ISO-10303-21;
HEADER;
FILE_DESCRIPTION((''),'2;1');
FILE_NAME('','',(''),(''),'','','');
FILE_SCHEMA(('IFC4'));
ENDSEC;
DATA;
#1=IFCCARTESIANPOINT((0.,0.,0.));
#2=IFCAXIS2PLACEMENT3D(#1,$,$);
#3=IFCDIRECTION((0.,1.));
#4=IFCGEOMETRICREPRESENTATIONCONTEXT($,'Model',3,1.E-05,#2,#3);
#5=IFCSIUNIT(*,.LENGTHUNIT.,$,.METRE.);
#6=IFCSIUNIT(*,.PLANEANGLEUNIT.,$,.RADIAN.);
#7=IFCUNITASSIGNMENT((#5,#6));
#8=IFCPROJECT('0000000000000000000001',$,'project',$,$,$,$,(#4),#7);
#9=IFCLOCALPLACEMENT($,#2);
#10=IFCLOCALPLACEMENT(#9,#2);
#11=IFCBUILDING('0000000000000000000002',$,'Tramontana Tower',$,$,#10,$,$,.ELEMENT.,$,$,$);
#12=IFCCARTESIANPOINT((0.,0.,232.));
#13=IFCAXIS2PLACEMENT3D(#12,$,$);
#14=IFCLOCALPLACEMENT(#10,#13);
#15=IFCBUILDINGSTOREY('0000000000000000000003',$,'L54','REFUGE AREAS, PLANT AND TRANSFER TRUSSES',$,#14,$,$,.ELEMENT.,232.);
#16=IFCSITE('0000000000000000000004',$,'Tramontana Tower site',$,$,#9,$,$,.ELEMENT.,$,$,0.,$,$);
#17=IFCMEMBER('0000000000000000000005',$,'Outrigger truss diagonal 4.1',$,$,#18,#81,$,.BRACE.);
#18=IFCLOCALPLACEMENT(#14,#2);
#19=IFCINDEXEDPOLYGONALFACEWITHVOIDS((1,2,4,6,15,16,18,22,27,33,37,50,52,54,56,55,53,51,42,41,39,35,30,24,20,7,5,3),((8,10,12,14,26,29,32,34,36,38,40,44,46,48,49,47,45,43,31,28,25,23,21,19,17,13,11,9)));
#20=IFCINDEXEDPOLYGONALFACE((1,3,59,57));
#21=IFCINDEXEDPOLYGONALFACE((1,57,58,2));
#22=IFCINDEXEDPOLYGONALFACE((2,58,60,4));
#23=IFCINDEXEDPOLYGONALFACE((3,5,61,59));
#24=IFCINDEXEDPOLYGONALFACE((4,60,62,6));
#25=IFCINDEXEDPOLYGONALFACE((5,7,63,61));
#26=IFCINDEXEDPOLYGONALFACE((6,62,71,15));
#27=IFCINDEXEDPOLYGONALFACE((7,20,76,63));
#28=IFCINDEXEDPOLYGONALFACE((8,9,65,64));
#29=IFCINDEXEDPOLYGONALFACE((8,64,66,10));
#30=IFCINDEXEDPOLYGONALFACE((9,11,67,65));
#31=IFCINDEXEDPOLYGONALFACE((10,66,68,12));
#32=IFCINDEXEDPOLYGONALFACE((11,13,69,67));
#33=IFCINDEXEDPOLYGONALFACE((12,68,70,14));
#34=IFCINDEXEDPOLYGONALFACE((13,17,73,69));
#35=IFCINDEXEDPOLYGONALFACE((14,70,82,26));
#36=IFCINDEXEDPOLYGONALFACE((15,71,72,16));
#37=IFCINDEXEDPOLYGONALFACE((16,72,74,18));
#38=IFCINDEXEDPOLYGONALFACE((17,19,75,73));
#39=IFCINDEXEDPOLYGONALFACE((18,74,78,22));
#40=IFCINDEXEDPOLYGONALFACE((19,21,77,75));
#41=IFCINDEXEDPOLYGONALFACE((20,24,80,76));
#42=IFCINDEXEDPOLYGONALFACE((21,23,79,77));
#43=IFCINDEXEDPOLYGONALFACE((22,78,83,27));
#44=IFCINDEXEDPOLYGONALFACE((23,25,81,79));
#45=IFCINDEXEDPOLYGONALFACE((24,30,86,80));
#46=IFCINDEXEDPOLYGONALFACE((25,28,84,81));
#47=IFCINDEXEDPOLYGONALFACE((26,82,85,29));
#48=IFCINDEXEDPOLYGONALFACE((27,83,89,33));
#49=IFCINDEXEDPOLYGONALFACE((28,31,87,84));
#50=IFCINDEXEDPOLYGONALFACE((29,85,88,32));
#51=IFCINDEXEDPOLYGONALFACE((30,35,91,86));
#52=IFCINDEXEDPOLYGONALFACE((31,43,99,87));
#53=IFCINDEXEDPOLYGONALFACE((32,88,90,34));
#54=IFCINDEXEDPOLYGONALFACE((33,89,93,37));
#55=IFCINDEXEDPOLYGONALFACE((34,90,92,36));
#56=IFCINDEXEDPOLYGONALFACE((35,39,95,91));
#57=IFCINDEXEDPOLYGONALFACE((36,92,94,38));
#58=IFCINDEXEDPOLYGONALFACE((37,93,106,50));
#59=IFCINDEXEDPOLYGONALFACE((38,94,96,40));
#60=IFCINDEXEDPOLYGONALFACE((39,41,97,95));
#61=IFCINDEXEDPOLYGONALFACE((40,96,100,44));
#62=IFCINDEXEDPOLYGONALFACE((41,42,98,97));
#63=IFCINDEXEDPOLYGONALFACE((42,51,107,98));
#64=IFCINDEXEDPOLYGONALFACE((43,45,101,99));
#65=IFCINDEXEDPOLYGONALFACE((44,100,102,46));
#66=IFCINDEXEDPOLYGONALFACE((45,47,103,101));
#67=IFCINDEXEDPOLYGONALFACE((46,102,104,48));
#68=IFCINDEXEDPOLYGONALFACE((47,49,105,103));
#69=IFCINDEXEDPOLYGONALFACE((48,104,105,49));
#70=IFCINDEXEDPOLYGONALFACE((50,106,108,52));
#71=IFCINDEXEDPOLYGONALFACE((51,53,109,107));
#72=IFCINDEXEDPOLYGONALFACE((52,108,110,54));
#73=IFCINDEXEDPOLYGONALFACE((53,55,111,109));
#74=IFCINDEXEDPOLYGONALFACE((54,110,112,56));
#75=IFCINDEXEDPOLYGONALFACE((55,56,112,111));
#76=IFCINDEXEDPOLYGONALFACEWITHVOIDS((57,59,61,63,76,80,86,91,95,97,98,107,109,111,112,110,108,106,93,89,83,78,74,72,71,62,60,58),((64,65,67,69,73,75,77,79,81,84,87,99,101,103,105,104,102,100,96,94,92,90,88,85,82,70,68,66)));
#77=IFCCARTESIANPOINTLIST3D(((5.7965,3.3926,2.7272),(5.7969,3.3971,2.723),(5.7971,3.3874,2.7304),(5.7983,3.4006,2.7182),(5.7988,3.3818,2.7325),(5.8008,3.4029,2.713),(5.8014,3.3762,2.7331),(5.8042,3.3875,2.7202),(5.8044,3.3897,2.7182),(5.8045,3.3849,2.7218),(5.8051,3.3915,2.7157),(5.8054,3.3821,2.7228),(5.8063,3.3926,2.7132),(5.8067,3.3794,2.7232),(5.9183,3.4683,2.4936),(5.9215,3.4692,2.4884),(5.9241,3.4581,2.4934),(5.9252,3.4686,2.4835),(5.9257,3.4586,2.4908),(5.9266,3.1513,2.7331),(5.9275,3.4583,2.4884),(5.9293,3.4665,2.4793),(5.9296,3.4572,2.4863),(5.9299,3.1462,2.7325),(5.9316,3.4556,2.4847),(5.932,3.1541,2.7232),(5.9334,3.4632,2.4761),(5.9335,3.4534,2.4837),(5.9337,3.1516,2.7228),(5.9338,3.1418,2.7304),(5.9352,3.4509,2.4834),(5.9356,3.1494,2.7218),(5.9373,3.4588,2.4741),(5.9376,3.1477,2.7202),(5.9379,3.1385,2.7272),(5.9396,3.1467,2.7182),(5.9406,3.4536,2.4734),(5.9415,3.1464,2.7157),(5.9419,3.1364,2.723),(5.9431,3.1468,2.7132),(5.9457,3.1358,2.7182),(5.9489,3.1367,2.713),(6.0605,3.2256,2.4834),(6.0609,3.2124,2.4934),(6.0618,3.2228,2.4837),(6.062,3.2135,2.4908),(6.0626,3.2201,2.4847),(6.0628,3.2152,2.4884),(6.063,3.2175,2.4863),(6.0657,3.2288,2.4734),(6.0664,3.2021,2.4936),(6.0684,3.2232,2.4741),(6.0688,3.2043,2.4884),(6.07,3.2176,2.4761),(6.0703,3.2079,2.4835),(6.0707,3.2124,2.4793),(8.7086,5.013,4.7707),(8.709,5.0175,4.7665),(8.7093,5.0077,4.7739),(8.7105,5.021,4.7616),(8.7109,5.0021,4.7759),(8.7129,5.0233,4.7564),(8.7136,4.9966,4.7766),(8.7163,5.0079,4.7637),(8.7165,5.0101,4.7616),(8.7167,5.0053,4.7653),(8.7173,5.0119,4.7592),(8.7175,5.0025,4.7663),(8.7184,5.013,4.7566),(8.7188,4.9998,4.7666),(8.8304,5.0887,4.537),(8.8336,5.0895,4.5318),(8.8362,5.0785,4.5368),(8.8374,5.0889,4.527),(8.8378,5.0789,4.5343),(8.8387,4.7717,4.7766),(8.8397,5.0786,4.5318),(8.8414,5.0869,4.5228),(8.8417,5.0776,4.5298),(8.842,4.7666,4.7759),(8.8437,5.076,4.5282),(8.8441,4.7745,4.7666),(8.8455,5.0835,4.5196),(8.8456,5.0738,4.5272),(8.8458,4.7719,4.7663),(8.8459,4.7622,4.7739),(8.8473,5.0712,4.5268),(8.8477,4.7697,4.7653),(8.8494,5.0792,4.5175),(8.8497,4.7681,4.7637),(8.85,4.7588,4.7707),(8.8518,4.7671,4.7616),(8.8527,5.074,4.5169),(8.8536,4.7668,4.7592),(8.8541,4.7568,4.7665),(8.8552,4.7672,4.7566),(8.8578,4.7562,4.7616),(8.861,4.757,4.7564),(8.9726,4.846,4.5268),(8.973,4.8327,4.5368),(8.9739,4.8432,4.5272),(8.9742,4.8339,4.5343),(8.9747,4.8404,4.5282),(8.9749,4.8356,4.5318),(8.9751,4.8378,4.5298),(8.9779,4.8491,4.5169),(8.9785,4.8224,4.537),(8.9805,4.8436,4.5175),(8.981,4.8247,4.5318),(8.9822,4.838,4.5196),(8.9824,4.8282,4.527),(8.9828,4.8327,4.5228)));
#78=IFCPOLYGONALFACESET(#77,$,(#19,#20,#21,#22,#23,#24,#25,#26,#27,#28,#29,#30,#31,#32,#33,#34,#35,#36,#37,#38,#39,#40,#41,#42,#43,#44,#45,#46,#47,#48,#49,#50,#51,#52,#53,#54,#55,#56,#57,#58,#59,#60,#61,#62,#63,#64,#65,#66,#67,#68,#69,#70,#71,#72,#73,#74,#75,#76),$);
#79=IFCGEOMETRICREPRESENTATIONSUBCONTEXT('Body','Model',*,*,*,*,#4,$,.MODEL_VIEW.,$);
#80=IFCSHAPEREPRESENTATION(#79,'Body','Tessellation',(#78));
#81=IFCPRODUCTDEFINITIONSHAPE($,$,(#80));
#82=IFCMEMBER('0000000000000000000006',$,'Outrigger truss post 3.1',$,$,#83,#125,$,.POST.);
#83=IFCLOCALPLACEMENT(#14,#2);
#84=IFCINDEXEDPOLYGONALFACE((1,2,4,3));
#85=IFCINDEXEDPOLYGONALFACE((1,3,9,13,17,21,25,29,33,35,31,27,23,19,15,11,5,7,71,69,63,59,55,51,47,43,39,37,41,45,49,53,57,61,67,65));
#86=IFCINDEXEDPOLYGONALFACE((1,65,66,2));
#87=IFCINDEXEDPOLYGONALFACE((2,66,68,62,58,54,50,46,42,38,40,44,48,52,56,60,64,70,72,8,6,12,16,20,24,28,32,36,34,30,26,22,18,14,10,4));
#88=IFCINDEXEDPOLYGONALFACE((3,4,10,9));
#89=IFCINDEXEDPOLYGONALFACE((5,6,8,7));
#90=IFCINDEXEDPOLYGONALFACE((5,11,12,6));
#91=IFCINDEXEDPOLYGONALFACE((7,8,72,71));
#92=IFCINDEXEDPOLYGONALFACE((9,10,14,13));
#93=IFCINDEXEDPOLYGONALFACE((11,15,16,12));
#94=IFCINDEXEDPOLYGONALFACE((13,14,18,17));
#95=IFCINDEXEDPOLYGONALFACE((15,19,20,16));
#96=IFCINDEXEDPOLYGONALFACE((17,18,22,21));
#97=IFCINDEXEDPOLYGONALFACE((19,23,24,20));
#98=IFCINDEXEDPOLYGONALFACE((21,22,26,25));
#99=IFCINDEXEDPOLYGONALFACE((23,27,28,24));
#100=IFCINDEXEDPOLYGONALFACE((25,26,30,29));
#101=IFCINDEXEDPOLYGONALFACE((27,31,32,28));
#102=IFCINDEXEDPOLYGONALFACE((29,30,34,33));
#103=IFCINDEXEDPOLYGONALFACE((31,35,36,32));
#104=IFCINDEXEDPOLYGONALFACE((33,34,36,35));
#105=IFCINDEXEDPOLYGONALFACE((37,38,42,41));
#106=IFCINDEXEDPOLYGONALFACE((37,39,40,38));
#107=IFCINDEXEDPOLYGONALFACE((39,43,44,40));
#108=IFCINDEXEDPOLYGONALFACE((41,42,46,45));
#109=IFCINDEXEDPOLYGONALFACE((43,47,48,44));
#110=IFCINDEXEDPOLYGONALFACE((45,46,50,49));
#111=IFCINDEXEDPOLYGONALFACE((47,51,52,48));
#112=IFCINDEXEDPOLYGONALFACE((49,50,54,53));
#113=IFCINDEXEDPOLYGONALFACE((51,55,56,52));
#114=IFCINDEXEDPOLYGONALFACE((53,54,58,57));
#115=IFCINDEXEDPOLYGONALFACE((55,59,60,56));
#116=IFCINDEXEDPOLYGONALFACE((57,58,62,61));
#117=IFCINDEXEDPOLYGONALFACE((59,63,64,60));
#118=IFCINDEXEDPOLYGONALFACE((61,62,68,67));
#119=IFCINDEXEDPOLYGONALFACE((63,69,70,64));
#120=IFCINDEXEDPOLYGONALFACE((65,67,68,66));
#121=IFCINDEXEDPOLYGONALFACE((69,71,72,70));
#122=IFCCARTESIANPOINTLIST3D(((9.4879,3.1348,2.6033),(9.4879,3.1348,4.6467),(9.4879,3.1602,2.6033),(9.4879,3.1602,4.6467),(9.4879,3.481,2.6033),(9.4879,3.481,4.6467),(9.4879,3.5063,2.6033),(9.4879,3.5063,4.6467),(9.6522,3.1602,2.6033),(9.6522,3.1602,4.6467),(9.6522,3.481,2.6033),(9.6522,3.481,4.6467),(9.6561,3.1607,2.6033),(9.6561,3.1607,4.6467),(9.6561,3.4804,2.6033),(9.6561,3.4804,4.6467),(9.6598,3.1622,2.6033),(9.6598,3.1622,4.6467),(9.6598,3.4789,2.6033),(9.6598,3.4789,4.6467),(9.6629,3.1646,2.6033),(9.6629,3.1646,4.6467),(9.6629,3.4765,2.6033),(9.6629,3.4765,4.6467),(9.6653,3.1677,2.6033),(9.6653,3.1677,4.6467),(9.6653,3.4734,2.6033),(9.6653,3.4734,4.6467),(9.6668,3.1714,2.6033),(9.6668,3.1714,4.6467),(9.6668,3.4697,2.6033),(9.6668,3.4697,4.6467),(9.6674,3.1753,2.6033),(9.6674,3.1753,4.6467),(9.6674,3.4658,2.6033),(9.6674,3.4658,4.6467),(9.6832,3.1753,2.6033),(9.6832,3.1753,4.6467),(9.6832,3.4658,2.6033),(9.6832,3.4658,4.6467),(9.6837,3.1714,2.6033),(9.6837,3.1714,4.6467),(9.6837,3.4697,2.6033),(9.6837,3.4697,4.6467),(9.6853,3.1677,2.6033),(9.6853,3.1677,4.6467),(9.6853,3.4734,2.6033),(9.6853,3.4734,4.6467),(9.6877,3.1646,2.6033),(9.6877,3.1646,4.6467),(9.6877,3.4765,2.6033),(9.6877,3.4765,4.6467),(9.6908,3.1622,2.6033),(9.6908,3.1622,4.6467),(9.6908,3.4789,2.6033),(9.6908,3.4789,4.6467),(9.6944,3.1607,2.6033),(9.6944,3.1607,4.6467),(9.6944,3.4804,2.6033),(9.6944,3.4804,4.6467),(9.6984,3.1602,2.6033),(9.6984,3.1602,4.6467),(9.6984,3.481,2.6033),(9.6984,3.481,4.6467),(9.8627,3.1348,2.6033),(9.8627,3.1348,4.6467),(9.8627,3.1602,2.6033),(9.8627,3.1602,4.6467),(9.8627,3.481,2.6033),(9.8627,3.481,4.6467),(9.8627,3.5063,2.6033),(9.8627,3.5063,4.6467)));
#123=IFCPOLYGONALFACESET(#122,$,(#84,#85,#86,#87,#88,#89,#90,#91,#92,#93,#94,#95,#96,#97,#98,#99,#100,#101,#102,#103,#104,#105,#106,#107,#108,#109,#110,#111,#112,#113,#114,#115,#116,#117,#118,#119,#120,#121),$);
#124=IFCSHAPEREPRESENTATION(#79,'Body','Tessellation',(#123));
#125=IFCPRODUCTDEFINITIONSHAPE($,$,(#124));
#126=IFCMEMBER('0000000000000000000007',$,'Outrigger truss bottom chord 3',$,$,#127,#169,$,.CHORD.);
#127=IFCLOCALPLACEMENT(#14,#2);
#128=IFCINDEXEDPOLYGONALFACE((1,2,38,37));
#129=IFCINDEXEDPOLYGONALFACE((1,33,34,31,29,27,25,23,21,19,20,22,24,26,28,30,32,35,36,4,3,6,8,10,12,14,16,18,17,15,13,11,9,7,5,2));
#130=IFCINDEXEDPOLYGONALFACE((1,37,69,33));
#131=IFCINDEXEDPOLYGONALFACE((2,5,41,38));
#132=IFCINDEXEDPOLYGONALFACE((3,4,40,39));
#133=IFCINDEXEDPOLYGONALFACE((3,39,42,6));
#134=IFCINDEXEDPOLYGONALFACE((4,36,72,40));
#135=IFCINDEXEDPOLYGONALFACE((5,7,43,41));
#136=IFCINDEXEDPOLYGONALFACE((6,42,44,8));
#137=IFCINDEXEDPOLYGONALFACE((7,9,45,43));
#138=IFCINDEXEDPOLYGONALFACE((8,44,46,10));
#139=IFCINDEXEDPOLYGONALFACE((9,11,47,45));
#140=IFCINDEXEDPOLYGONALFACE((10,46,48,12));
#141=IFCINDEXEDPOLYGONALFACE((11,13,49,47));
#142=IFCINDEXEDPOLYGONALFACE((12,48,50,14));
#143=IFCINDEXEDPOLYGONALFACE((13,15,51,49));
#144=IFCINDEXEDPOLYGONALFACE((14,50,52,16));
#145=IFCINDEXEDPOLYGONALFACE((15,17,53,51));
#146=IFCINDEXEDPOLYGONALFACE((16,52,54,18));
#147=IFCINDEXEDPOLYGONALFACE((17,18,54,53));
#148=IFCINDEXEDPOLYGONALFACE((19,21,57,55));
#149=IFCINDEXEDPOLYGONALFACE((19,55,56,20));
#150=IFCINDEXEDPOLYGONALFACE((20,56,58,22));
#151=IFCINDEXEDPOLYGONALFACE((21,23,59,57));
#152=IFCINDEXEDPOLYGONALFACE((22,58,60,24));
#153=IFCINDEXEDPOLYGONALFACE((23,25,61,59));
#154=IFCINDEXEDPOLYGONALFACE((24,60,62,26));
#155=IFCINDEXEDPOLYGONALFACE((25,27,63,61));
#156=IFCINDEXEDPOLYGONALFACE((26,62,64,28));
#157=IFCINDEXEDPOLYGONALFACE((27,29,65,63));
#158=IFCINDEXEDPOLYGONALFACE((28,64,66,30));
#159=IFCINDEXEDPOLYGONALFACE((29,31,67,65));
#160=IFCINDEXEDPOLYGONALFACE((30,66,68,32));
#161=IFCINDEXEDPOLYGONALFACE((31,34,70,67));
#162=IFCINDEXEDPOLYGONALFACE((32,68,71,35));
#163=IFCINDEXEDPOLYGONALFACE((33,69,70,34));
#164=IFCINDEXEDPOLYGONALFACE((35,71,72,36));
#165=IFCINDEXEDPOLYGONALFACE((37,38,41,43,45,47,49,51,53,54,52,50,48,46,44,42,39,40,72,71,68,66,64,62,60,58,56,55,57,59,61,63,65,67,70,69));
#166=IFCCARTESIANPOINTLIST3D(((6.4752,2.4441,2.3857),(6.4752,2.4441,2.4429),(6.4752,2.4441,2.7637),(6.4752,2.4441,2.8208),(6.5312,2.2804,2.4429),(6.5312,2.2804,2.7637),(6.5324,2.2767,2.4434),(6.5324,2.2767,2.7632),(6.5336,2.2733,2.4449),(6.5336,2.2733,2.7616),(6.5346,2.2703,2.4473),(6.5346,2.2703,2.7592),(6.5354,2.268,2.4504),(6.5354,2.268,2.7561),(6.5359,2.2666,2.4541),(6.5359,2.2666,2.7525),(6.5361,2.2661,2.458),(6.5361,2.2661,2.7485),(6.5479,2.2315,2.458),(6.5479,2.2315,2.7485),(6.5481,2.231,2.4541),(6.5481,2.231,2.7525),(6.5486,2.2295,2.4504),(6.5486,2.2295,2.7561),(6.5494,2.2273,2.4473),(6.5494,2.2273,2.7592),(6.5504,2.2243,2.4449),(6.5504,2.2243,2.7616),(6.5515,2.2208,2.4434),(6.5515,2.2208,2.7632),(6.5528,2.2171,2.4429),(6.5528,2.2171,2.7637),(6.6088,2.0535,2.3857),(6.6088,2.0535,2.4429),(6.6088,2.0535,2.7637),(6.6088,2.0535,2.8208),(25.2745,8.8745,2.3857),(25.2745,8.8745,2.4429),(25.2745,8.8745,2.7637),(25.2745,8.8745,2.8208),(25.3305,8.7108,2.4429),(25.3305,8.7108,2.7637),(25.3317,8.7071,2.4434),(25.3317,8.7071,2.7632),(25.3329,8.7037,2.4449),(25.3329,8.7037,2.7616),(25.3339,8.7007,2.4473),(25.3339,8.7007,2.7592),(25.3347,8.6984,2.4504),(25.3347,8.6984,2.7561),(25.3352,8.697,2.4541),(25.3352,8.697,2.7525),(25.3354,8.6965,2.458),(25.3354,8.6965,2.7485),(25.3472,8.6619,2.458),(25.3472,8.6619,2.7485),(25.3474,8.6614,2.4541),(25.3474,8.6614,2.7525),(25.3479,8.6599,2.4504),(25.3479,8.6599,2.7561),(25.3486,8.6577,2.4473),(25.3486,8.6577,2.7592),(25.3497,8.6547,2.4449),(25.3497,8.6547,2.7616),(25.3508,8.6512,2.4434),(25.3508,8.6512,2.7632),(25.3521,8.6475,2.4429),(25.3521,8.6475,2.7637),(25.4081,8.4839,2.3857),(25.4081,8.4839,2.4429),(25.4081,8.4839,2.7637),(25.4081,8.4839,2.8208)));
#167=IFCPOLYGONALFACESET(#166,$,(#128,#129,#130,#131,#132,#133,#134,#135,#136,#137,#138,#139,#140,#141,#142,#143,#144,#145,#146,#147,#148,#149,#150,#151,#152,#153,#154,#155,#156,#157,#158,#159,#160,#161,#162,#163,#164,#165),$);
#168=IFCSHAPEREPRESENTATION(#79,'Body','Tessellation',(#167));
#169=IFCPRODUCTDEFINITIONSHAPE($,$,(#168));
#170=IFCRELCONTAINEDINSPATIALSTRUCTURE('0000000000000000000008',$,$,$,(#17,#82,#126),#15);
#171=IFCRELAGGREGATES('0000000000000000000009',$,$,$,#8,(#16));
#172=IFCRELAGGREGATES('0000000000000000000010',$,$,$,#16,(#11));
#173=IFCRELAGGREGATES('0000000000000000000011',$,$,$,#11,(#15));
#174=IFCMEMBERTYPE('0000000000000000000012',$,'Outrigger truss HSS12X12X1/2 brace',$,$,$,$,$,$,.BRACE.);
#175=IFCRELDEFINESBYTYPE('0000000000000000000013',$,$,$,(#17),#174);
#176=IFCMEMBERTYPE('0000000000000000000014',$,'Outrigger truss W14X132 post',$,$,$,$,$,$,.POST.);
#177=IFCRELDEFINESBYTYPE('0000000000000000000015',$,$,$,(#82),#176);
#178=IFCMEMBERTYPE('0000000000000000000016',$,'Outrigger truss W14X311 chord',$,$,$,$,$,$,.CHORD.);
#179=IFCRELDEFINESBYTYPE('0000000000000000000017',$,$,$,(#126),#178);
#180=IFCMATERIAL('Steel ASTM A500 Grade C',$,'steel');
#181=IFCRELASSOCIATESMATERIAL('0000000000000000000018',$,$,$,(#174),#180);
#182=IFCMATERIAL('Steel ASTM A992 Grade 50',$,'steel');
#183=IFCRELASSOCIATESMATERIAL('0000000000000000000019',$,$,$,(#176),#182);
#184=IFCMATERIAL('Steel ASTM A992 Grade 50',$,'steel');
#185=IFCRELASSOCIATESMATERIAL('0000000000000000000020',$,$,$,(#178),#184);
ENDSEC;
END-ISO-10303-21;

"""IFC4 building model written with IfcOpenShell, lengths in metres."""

from ifc_helpers import new_model, si_unit, direction, frame, origin, origin_2d, place, context, subcontext, project, spatial, hollow_rectangle, i_section, extrude, material, material_profile, profile_set, type_object, element, save


model = new_model("IFC4")

# Units and contexts
model_context = context("Model", 3, precision=1e-05, world=origin(), true_north=direction((0.0, 1.0)))
body_context = subcontext(model_context, "Body", "Model", "MODEL_VIEW")
ifc_project = project(units=[si_unit("LENGTHUNIT", "METRE"), si_unit("PLANEANGLEUNIT", "RADIAN")], contexts=[model_context])

# Site, building, storey
site_placement = place(None, origin())
site = spatial("IfcSite", under=ifc_project, at=site_placement, Name="Tramontana Tower site", CompositionType="ELEMENT", RefElevation=0.0)
building_placement = place(site_placement, origin())
building = spatial("IfcBuilding", under=site, at=building_placement, Name="Tramontana Tower", CompositionType="ELEMENT")
storey_placement = place(building_placement, frame((0.0, 0.0, 232.0)))
storey = spatial("IfcBuildingStorey", under=building, at=storey_placement, Name="L54", Description="REFUGE AREAS, PLANT AND TRANSFER TRUSSES", CompositionType="ELEMENT", Elevation=232.0)

# Members
ifc_material_1 = material(Name="Steel ASTM A500 Grade C", Category="steel")
ifc_material_profile_1 = material_profile(ifc_material_1, hollow_rectangle(XDim=0.3047, YDim=0.3047, WallThickness=0.0117, InnerFilletRadius=0.0117, OuterFilletRadius=0.0237, at=origin_2d()), Name="HSS12X12X1/2")
ifc_profile_set_1 = profile_set([ifc_material_profile_1], Name="Steel ASTM A500 Grade C")
member_type_1 = type_object("IfcMemberType", Name="Outrigger truss HSS12X12X1/2 brace", PredefinedType="BRACE", material=ifc_profile_set_1)
member_1_placement = place(storey_placement, frame((5.9336, 3.3025, 2.6033), z_axis=(0.744942, 0.414502, 0.522733), x_axis=(-0.486221, 0.873836, 0.0)))
element("IfcMember", 1, at=member_1_placement, inside=storey, type_object=member_type_1, Name="Outrigger truss diagonal 4.1", PredefinedType="BRACE", context=body_context, shape_type="SweptSolid", body=[
    extrude(hollow_rectangle(XDim=0.3047, YDim=0.3047, WallThickness=0.0117, InnerFilletRadius=0.0117, OuterFilletRadius=0.0237, at=origin_2d()), origin(), (0.0, 0.0, 1.0), 3.9092),
])
ifc_material_2 = material(Name="Steel ASTM A992 Grade 50", Category="steel")
ifc_material_profile_2 = material_profile(ifc_material_2, i_section(OverallWidth=0.3748, OverallDepth=0.3716, WebThickness=0.0159, FlangeThickness=0.0254, FilletRadius=0.0151, at=origin_2d()), Name="W14X132")
ifc_profile_set_2 = profile_set([ifc_material_profile_2], Name="Steel ASTM A992 Grade 50")
member_type_2 = type_object("IfcMemberType", Name="Outrigger truss W14X132 post", PredefinedType="POST", material=ifc_profile_set_2)
member_2_placement = place(storey_placement, frame((9.6753, 3.3206, 2.6033), z_axis=(0.0, 0.0, 1.0), x_axis=(1.0, 0.0, 0.0)))
element("IfcMember", 2, at=member_2_placement, inside=storey, type_object=member_type_2, Name="Outrigger truss post 3.1", PredefinedType="POST", context=body_context, shape_type="SweptSolid", body=[
    extrude(i_section(OverallWidth=0.3748, OverallDepth=0.3716, WebThickness=0.0159, FlangeThickness=0.0254, FilletRadius=0.0151, at=origin_2d()), origin(), (0.0, 0.0, 1.0), 2.0435),
])
ifc_material_3 = material(Name="Steel ASTM A992 Grade 50", Category="steel")
ifc_material_profile_3 = material_profile(ifc_material_3, i_section(OverallWidth=0.4128, OverallDepth=0.4351, WebThickness=0.0366, FlangeThickness=0.0571, FilletRadius=0.0151, at=origin_2d()), Name="W14X311")
ifc_profile_set_3 = profile_set([ifc_material_profile_3], Name="Steel ASTM A992 Grade 50")
member_type_3 = type_object("IfcMemberType", Name="Outrigger truss W14X311 chord", PredefinedType="CHORD", material=ifc_profile_set_3)
for number, where, z_axis, x_axis, name in (
    (3, (6.542, 2.2488, 2.6033), (0.946178, 0.323646, 0.0), (-0.323646, 0.946178, 0.0), "Outrigger truss bottom chord 3"),
):
    element("IfcMember", number, at=place(storey_placement, frame(where, z_axis=z_axis, x_axis=x_axis)), inside=storey, type_object=member_type_3, Name=name, PredefinedType="CHORD", context=body_context, shape_type="SweptSolid", body=[
        extrude(i_section(OverallWidth=0.4128, OverallDepth=0.4351, WebThickness=0.0366, FlangeThickness=0.0571, FilletRadius=0.0151, at=origin_2d()), origin(), (0.0, 0.0, 1.0), 19.8687),
    ])

save(model, "model.ifc")
